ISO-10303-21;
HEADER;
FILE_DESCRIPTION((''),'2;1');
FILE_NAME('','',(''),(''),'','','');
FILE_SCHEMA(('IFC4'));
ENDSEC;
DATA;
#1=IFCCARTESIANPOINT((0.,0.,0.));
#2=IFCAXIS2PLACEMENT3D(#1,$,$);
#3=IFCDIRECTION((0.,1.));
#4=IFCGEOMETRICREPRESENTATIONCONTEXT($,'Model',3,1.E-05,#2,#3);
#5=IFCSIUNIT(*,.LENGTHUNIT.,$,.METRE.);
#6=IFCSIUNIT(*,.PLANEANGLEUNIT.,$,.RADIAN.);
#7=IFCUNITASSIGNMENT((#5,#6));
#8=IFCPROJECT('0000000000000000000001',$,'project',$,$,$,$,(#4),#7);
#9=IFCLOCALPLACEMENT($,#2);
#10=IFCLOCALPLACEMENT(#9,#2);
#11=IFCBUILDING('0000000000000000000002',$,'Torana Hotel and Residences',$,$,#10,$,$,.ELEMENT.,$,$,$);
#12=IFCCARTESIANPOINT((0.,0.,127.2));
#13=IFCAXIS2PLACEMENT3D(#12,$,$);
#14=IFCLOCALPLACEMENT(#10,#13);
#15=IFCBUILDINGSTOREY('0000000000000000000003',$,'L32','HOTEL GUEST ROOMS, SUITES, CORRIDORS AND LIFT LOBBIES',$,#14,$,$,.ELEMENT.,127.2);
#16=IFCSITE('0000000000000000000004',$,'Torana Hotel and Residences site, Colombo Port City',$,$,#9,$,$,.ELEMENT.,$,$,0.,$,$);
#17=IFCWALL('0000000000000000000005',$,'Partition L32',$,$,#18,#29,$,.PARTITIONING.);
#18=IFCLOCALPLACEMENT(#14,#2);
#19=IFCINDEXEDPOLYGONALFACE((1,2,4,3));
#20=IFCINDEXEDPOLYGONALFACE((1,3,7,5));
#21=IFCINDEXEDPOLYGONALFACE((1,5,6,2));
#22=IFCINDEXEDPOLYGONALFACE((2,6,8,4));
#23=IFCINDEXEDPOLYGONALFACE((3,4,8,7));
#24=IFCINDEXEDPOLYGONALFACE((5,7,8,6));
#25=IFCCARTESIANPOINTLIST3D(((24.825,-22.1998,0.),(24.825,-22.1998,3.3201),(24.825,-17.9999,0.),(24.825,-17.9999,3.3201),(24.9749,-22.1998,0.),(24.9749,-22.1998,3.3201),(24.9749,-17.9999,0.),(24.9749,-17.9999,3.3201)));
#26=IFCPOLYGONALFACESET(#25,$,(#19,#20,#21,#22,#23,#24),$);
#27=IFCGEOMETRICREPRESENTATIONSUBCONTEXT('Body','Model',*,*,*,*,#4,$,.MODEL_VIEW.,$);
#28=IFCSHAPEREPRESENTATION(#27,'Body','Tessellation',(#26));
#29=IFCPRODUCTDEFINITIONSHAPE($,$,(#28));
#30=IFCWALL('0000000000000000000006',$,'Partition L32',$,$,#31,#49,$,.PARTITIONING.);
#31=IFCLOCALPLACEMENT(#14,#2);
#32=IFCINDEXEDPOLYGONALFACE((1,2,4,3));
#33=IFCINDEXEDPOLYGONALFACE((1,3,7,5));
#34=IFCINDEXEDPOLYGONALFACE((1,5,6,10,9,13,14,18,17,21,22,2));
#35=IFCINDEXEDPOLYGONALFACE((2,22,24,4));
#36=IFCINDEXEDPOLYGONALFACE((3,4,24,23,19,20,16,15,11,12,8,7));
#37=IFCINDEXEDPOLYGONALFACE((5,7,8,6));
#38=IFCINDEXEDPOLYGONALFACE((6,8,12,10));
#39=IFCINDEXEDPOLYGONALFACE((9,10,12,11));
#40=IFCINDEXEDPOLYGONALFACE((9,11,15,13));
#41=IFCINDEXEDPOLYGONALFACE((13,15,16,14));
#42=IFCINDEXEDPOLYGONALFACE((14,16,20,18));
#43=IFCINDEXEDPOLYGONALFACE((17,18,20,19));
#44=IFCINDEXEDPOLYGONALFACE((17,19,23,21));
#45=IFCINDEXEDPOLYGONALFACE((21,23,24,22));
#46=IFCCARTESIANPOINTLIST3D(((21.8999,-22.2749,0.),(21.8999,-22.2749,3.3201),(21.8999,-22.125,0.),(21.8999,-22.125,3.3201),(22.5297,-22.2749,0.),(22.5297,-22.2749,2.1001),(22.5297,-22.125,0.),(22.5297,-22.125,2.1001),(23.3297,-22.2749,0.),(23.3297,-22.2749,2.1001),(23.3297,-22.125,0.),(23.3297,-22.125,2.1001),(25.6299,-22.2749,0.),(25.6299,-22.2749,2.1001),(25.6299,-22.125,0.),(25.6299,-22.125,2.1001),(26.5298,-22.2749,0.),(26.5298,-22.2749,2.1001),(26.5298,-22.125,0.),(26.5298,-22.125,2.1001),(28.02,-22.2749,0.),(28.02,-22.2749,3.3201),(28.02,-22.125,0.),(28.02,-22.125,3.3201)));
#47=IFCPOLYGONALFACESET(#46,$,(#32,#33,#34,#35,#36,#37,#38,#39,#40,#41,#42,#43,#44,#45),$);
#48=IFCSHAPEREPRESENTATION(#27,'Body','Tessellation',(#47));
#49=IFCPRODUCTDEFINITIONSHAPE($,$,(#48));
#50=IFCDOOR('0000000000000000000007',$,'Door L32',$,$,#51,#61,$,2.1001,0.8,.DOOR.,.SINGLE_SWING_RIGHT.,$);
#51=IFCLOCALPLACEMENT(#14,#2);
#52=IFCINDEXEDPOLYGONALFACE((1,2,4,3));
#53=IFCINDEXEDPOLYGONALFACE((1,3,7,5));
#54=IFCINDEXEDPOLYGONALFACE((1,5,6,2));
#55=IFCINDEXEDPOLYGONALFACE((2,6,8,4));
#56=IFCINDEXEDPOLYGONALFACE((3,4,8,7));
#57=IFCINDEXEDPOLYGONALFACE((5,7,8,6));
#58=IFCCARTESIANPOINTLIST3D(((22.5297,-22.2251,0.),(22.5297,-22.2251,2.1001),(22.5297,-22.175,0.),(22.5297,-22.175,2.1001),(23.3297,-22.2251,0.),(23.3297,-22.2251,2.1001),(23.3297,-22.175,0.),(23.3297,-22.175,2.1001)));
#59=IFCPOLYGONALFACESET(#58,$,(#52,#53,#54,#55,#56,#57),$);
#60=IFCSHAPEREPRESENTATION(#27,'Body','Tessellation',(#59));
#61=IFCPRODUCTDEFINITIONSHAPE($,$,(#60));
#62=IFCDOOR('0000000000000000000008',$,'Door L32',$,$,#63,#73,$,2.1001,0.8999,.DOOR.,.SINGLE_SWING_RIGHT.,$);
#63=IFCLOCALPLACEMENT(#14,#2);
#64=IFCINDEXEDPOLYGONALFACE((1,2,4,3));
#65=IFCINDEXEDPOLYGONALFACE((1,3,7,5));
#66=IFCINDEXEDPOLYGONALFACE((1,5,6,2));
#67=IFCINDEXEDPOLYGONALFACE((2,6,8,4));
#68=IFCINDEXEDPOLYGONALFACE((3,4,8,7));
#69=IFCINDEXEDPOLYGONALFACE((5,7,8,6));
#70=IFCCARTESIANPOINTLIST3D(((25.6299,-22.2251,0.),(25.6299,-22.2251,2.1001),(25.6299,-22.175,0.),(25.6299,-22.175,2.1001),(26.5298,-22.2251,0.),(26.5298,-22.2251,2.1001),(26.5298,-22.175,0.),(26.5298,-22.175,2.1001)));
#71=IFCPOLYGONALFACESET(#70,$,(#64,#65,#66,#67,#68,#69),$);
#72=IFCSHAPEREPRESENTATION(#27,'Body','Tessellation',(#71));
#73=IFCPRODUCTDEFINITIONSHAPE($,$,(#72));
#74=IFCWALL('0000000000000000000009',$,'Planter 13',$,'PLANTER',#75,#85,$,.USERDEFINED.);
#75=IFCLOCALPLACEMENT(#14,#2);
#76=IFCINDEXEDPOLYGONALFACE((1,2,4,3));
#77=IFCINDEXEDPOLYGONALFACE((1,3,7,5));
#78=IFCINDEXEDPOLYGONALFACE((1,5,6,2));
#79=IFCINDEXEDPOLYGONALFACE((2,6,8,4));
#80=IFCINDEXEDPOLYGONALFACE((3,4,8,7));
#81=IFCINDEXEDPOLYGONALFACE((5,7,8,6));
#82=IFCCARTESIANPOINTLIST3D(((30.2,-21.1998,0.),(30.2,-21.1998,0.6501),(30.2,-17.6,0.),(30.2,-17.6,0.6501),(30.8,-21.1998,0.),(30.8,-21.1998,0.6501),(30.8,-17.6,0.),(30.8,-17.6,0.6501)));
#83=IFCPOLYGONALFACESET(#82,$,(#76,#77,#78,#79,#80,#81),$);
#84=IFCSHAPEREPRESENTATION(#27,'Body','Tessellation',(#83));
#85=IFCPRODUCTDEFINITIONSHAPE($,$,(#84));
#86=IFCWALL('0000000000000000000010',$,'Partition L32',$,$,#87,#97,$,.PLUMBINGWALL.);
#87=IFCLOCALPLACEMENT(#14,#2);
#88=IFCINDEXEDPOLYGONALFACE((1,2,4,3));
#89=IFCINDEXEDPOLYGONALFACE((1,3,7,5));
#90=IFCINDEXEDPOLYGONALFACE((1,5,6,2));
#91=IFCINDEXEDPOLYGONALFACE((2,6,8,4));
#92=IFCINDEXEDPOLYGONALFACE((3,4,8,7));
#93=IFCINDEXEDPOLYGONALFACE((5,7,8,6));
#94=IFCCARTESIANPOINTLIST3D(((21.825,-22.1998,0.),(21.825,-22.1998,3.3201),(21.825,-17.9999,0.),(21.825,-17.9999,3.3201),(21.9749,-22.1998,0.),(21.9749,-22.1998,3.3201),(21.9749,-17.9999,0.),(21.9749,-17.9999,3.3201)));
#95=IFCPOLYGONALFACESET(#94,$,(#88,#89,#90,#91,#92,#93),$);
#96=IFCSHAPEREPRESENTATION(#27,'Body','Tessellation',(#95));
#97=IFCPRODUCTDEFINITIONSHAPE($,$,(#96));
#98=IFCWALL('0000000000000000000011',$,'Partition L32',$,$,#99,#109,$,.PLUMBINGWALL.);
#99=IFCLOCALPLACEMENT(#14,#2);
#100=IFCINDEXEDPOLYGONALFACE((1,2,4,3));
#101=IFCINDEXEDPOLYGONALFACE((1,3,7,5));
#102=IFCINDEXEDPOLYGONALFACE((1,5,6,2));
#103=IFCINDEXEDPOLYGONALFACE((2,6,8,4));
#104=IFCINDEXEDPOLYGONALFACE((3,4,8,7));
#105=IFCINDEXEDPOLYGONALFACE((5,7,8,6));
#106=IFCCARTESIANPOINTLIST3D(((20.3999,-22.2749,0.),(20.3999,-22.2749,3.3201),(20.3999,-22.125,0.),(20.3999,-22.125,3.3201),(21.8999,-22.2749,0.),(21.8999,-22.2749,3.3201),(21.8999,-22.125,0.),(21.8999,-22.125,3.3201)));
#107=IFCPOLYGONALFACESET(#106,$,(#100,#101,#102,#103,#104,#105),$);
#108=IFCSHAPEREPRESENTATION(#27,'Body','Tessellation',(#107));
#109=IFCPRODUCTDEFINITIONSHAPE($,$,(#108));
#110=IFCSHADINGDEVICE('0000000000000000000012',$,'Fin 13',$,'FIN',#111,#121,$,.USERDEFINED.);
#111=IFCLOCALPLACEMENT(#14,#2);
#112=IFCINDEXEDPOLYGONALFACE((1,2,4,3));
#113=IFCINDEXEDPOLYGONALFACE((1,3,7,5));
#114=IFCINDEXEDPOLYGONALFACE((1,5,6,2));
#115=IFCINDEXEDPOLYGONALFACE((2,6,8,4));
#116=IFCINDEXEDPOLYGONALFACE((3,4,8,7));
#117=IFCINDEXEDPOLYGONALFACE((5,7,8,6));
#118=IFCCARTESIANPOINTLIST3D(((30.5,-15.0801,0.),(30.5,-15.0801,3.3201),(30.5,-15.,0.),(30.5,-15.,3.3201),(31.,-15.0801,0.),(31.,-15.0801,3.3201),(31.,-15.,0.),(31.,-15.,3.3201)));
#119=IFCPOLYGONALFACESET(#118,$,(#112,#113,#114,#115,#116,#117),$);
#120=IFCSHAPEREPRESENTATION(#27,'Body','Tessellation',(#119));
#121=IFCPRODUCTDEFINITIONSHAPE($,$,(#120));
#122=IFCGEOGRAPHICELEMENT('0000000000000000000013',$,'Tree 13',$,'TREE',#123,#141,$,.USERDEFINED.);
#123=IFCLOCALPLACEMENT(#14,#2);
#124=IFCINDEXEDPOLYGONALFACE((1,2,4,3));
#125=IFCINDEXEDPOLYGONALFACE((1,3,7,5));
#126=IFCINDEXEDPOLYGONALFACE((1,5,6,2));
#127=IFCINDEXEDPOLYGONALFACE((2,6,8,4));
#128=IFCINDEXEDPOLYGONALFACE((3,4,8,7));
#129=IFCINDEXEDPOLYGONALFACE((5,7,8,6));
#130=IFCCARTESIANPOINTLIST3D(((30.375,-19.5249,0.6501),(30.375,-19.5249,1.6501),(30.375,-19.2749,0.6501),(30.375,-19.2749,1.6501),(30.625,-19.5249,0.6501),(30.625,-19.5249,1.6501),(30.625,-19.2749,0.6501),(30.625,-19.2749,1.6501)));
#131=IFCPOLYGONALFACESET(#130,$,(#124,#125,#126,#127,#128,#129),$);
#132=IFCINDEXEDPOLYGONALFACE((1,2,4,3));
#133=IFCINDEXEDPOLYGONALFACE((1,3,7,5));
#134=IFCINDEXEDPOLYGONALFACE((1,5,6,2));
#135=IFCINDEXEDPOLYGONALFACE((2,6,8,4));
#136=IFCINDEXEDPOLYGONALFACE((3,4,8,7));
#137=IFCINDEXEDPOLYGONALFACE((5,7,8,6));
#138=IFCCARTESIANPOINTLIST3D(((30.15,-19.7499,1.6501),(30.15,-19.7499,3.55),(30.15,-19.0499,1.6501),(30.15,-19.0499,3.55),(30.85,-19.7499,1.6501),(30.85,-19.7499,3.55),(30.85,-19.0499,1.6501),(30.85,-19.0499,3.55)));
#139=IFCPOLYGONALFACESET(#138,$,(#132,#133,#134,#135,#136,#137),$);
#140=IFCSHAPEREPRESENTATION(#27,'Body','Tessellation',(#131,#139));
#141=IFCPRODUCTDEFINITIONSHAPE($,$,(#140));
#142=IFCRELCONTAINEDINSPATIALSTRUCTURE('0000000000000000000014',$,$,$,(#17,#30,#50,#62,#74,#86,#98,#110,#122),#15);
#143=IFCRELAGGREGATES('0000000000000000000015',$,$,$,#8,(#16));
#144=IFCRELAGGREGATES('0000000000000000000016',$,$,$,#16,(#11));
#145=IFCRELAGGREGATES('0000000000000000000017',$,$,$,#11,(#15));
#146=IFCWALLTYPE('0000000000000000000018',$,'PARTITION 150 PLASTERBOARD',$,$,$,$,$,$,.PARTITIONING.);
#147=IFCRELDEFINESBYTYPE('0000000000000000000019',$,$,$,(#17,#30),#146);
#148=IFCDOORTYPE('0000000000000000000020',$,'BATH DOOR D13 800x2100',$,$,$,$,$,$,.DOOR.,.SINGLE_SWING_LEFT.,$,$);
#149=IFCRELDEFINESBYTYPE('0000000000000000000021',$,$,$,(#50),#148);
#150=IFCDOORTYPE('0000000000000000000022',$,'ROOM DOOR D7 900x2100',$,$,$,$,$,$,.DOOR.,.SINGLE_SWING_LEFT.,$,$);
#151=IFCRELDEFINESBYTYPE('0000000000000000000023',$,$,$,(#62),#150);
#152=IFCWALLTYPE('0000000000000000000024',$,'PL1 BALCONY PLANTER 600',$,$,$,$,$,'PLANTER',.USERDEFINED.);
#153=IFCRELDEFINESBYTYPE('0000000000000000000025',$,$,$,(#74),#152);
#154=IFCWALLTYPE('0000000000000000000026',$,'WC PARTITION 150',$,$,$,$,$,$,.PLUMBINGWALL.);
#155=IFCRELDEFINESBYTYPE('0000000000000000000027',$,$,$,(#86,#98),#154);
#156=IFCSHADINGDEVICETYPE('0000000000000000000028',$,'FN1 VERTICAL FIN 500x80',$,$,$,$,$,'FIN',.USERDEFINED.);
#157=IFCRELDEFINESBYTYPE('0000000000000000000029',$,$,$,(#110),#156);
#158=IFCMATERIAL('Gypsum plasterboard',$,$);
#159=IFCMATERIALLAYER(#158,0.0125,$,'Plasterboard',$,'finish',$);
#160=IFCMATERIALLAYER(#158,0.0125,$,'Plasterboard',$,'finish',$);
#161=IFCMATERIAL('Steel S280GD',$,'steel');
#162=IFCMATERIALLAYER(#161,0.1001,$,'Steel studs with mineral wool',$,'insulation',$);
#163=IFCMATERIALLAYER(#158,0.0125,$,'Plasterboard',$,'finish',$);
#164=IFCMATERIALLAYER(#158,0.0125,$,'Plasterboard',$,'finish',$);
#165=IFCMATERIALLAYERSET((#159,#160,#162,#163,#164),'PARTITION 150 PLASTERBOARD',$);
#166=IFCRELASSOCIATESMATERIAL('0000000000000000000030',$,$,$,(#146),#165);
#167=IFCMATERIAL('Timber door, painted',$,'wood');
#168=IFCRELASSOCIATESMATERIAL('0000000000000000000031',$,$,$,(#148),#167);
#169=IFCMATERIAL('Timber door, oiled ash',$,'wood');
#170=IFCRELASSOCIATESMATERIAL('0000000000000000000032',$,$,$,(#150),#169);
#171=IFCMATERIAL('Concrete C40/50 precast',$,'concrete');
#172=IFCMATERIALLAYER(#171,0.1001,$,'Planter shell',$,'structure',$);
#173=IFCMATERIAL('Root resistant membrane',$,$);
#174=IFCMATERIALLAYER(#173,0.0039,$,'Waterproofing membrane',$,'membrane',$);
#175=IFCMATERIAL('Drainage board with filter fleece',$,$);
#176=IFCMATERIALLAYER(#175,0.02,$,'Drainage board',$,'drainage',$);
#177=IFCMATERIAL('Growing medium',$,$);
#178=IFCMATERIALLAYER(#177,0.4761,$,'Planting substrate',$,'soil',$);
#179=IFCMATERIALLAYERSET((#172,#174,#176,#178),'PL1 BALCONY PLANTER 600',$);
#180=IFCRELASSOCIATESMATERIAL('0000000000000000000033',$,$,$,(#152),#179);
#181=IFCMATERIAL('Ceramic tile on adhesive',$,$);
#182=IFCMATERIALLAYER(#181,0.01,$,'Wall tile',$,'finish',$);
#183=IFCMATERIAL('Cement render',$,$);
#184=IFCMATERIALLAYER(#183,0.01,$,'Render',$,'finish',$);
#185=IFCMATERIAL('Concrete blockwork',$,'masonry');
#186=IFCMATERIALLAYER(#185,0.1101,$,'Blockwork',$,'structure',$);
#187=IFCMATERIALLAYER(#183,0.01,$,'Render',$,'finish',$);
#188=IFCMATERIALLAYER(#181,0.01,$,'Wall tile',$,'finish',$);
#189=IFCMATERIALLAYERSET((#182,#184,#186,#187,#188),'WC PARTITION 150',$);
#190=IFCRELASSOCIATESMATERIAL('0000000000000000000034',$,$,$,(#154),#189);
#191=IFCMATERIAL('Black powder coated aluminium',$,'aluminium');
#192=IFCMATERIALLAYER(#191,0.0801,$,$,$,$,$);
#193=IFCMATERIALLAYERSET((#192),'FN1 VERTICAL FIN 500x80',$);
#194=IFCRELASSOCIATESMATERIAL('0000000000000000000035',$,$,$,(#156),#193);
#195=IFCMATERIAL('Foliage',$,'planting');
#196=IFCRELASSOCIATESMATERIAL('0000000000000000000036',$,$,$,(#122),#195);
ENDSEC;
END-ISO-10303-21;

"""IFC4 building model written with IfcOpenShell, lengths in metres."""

from ifc_helpers import new_model, si_unit, direction, frame, frame_2d, origin, origin_2d, place, context, subcontext, project, spatial, rectangle, extrude, material, layer, layer_set, type_object, element, fill, save


model = new_model("IFC4")

# Units and contexts
model_context = context("Model", 3, precision=1e-05, world=origin(), true_north=direction((0.0, 1.0)))
body_context = subcontext(model_context, "Body", "Model", "MODEL_VIEW")
ifc_project = project(units=[si_unit("LENGTHUNIT", "METRE"), si_unit("PLANEANGLEUNIT", "RADIAN")], contexts=[model_context])

# Site, building, storey
site_placement = place(None, origin())
site = spatial("IfcSite", under=ifc_project, at=site_placement, Name="Torana Hotel and Residences site, Colombo Port City", CompositionType="ELEMENT", RefElevation=0.0)
building_placement = place(site_placement, origin())
building = spatial("IfcBuilding", under=site, at=building_placement, Name="Torana Hotel and Residences", CompositionType="ELEMENT")
storey_placement = place(building_placement, frame((0.0, 0.0, 127.2)))
storey = spatial("IfcBuildingStorey", under=building, at=storey_placement, Name="L32", Description="HOTEL GUEST ROOMS, SUITES, CORRIDORS AND LIFT LOBBIES", CompositionType="ELEMENT", Elevation=127.2)

# Shared definitions
ifc_material_1 = material(Name="Concrete blockwork", Category="masonry")

# Wall
ifc_material_2 = material(Name="Gypsum plasterboard")
ifc_layer_1 = layer(ifc_material_2, 0.0125, Name="Plasterboard", Category="finish")
ifc_layer_2 = layer(ifc_material_2, 0.0125, Name="Plasterboard", Category="finish")
ifc_material_3 = material(Name="Steel S280GD", Category="steel")
ifc_layer_3 = layer(ifc_material_3, 0.1001, Name="Steel studs with mineral wool", Category="insulation")
ifc_layer_4 = layer(ifc_material_2, 0.0125, Name="Plasterboard", Category="finish")
ifc_layer_5 = layer(ifc_material_2, 0.0125, Name="Plasterboard", Category="finish")
ifc_layer_set_1 = layer_set([ifc_layer_1, ifc_layer_2, ifc_layer_3, ifc_layer_4, ifc_layer_5], Name="PARTITION 150 PLASTERBOARD")
wall_type_1 = type_object("IfcWallType", Name="PARTITION 150 PLASTERBOARD", PredefinedType="PARTITIONING", material=ifc_layer_set_1)
wall_1_placement = place(storey_placement, frame((24.8999, -22.2, 0.0), z_axis=(0.0, 0.0, 1.0), x_axis=(0.0, 1.0, 0.0)))
element("IfcWall", 1, at=wall_1_placement, inside=storey, type_object=wall_type_1, Name="Partition L32", PredefinedType="PARTITIONING", context=body_context, shape_type="SweptSolid", body=[
    extrude(rectangle(XDim=4.2, YDim=0.1499, at=frame_2d((2.1001, 0.0))), origin(), (0.0, 0.0, 1.0), 3.3201),
])

# Wall, openings, doors
wall_2_placement = place(storey_placement, frame((21.8999, -22.2, 0.0), z_axis=(0.0, 0.0, 1.0), x_axis=(1.0, 0.0, 0.0)))
wall_2 = element("IfcWall", 2, at=wall_2_placement, inside=storey, type_object=wall_type_1, Name="Partition L32", PredefinedType="PARTITIONING", context=body_context, shape_type="SweptSolid", body=[
    extrude(rectangle(XDim=6.1201, YDim=0.1499, at=frame_2d((3.0601, 0.0))), origin(), (0.0, 0.0, 1.0), 3.3201),
])
opening_1_placement = place(wall_2_placement, frame((0.6299, 0.0, 0.0)))
opening_1 = element("IfcOpeningElement", 3, at=opening_1_placement, cuts=wall_2, PredefinedType="OPENING", context=body_context, shape_type="SweptSolid", body=[
    extrude(rectangle(XDim=0.8, YDim=2.1001, at=frame_2d((0.3999, 1.05))), frame((0.0, 0.085, 0.0), z_axis=(0.0, -1.0, 0.0), x_axis=(1.0, 0.0, 0.0)), (0.0, 0.0, 1.0), 0.1699),
])
opening_2_placement = place(wall_2_placement, frame((3.73, 0.0, 0.0)))
opening_2 = element("IfcOpeningElement", 4, at=opening_2_placement, cuts=wall_2, PredefinedType="OPENING", context=body_context, shape_type="SweptSolid", body=[
    extrude(rectangle(XDim=0.8999, YDim=2.1001, at=frame_2d((0.45, 1.05))), frame((0.0, 0.085, 0.0), z_axis=(0.0, -1.0, 0.0), x_axis=(1.0, 0.0, 0.0)), (0.0, 0.0, 1.0), 0.1699),
])
ifc_material_4 = material(Name="Timber door, painted", Category="wood")
door_type_1 = type_object("IfcDoorType", Name="BATH DOOR D13 800x2100", OperationType="SINGLE_SWING_LEFT", PredefinedType="DOOR", material=ifc_material_4)
door_1_placement = place(opening_1_placement, origin())
door_1 = element("IfcDoor", 5, at=door_1_placement, inside=storey, type_object=door_type_1, Name="Door L32", OperationType="SINGLE_SWING_RIGHT", OverallHeight=2.1001, OverallWidth=0.8, PredefinedType="DOOR", context=body_context, shape_type="SweptSolid", body=[
    extrude(rectangle(XDim=0.8, YDim=2.1001, at=frame_2d((0.3999, 1.05))), frame((0.0, 0.0249, 0.0), z_axis=(0.0, -1.0, 0.0), x_axis=(1.0, 0.0, 0.0)), (0.0, 0.0, 1.0), 0.05),
])
fill(opening_1, door_1)
ifc_material_5 = material(Name="Timber door, oiled ash", Category="wood")
door_type_2 = type_object("IfcDoorType", Name="ROOM DOOR D7 900x2100", OperationType="SINGLE_SWING_LEFT", PredefinedType="DOOR", material=ifc_material_5)
door_2_placement = place(opening_2_placement, origin())
door_2 = element("IfcDoor", 6, at=door_2_placement, inside=storey, type_object=door_type_2, Name="Door L32", OperationType="SINGLE_SWING_RIGHT", OverallHeight=2.1001, OverallWidth=0.8999, PredefinedType="DOOR", context=body_context, shape_type="SweptSolid", body=[
    extrude(rectangle(XDim=0.8999, YDim=2.1001, at=frame_2d((0.45, 1.05))), frame((0.0, 0.0249, 0.0), z_axis=(0.0, -1.0, 0.0), x_axis=(1.0, 0.0, 0.0)), (0.0, 0.0, 1.0), 0.05),
])
fill(opening_2, door_2)

# Walls
ifc_material_6 = material(Name="Concrete C40/50 precast", Category="concrete")
ifc_layer_6 = layer(ifc_material_6, 0.1001, Name="Planter shell", Category="structure")
ifc_material_7 = material(Name="Root resistant membrane")
ifc_layer_7 = layer(ifc_material_7, 0.0039, Name="Waterproofing membrane", Category="membrane")
ifc_material_8 = material(Name="Drainage board with filter fleece")
ifc_layer_8 = layer(ifc_material_8, 0.02, Name="Drainage board", Category="drainage")
ifc_material_9 = material(Name="Growing medium")
ifc_layer_9 = layer(ifc_material_9, 0.4761, Name="Planting substrate", Category="soil")
ifc_layer_set_2 = layer_set([ifc_layer_6, ifc_layer_7, ifc_layer_8, ifc_layer_9], Name="PL1 BALCONY PLANTER 600")
wall_type_2 = type_object("IfcWallType", Name="PL1 BALCONY PLANTER 600", ElementType="PLANTER", PredefinedType="USERDEFINED", material=ifc_layer_set_2)
wall_3_placement = place(storey_placement, frame((30.5, -17.6001, 0.0), z_axis=(0.0, 0.0, 1.0), x_axis=(0.0, -1.0, 0.0)))
element("IfcWall", 7, at=wall_3_placement, inside=storey, type_object=wall_type_2, Name="Planter 13", ObjectType="PLANTER", PredefinedType="USERDEFINED", context=body_context, shape_type="SweptSolid", body=[
    extrude(rectangle(XDim=3.5999, YDim=0.6001, at=frame_2d((1.7998, 0.0))), origin(), (0.0, 0.0, 1.0), 0.6501),
])
ifc_material_10 = material(Name="Ceramic tile on adhesive")
ifc_layer_10 = layer(ifc_material_10, 0.01, Name="Wall tile", Category="finish")
ifc_material_11 = material(Name="Cement render")
ifc_layer_11 = layer(ifc_material_11, 0.01, Name="Render", Category="finish")
ifc_layer_12 = layer(ifc_material_1, 0.1101, Name="Blockwork", Category="structure")
ifc_layer_13 = layer(ifc_material_11, 0.01, Name="Render", Category="finish")
ifc_layer_14 = layer(ifc_material_10, 0.01, Name="Wall tile", Category="finish")
ifc_layer_set_3 = layer_set([ifc_layer_10, ifc_layer_11, ifc_layer_12, ifc_layer_13, ifc_layer_14], Name="WC PARTITION 150")
wall_type_3 = type_object("IfcWallType", Name="WC PARTITION 150", PredefinedType="PLUMBINGWALL", material=ifc_layer_set_3)
wall_4_placement = place(storey_placement, frame((21.8999, -22.2, 0.0), z_axis=(0.0, 0.0, 1.0), x_axis=(0.0, 1.0, 0.0)))
element("IfcWall", 8, at=wall_4_placement, inside=storey, type_object=wall_type_3, Name="Partition L32", PredefinedType="PLUMBINGWALL", context=body_context, shape_type="SweptSolid", body=[
    extrude(rectangle(XDim=4.2, YDim=0.1499, at=frame_2d((2.1001, 0.0))), origin(), (0.0, 0.0, 1.0), 3.3201),
])
wall_5_placement = place(storey_placement, frame((20.3999, -22.2, 0.0), z_axis=(0.0, 0.0, 1.0), x_axis=(1.0, 0.0, 0.0)))
element("IfcWall", 9, at=wall_5_placement, inside=storey, type_object=wall_type_3, Name="Partition L32", PredefinedType="PLUMBINGWALL", context=body_context, shape_type="SweptSolid", body=[
    extrude(rectangle(XDim=1.5, YDim=0.1499, at=frame_2d((0.75, 0.0))), origin(), (0.0, 0.0, 1.0), 3.3201),
])

# Shading device
ifc_material_12 = material(Name="Black powder coated aluminium", Category="aluminium")
ifc_layer_15 = layer(ifc_material_12, 0.0801)
ifc_layer_set_4 = layer_set([ifc_layer_15], Name="FN1 VERTICAL FIN 500x80")
shading_device_type = type_object("IfcShadingDeviceType", Name="FN1 VERTICAL FIN 500x80", ElementType="FIN", PredefinedType="USERDEFINED", material=ifc_layer_set_4)
shading_device_placement = place(storey_placement, frame((30.75, -15.04, 0.0), z_axis=(0.0, 0.0, 1.0), x_axis=(0.0, -1.0, 0.0)))
element("IfcShadingDevice", 10, at=shading_device_placement, inside=storey, type_object=shading_device_type, Name="Fin 13", ObjectType="FIN", PredefinedType="USERDEFINED", context=body_context, shape_type="SweptSolid", body=[
    extrude(rectangle(XDim=0.0801, YDim=0.5, at=origin_2d()), origin(), (0.0, 0.0, 1.0), 3.3201),
])

# Geographic element
ifc_material_13 = material(Name="Foliage", Category="planting")
geographic_element_placement = place(storey_placement, frame((30.5, -19.3999, 0.6501), z_axis=(0.0, 0.0, 1.0), x_axis=(1.0, 0.0, 0.0)))
element("IfcGeographicElement", 11, at=geographic_element_placement, inside=storey, material=ifc_material_13, Name="Tree 13", ObjectType="TREE", PredefinedType="USERDEFINED", context=body_context, shape_type="SweptSolid", body=[
    extrude(rectangle(XDim=0.25, YDim=0.25, at=origin_2d()), origin(), (0.0, 0.0, 1.0), 1.0),
    extrude(rectangle(XDim=0.7, YDim=0.7, at=origin_2d()), frame((0.0, 0.0, 1.0)), (0.0, 0.0, 1.0), 1.8999),
])

save(model, "model.ifc")
